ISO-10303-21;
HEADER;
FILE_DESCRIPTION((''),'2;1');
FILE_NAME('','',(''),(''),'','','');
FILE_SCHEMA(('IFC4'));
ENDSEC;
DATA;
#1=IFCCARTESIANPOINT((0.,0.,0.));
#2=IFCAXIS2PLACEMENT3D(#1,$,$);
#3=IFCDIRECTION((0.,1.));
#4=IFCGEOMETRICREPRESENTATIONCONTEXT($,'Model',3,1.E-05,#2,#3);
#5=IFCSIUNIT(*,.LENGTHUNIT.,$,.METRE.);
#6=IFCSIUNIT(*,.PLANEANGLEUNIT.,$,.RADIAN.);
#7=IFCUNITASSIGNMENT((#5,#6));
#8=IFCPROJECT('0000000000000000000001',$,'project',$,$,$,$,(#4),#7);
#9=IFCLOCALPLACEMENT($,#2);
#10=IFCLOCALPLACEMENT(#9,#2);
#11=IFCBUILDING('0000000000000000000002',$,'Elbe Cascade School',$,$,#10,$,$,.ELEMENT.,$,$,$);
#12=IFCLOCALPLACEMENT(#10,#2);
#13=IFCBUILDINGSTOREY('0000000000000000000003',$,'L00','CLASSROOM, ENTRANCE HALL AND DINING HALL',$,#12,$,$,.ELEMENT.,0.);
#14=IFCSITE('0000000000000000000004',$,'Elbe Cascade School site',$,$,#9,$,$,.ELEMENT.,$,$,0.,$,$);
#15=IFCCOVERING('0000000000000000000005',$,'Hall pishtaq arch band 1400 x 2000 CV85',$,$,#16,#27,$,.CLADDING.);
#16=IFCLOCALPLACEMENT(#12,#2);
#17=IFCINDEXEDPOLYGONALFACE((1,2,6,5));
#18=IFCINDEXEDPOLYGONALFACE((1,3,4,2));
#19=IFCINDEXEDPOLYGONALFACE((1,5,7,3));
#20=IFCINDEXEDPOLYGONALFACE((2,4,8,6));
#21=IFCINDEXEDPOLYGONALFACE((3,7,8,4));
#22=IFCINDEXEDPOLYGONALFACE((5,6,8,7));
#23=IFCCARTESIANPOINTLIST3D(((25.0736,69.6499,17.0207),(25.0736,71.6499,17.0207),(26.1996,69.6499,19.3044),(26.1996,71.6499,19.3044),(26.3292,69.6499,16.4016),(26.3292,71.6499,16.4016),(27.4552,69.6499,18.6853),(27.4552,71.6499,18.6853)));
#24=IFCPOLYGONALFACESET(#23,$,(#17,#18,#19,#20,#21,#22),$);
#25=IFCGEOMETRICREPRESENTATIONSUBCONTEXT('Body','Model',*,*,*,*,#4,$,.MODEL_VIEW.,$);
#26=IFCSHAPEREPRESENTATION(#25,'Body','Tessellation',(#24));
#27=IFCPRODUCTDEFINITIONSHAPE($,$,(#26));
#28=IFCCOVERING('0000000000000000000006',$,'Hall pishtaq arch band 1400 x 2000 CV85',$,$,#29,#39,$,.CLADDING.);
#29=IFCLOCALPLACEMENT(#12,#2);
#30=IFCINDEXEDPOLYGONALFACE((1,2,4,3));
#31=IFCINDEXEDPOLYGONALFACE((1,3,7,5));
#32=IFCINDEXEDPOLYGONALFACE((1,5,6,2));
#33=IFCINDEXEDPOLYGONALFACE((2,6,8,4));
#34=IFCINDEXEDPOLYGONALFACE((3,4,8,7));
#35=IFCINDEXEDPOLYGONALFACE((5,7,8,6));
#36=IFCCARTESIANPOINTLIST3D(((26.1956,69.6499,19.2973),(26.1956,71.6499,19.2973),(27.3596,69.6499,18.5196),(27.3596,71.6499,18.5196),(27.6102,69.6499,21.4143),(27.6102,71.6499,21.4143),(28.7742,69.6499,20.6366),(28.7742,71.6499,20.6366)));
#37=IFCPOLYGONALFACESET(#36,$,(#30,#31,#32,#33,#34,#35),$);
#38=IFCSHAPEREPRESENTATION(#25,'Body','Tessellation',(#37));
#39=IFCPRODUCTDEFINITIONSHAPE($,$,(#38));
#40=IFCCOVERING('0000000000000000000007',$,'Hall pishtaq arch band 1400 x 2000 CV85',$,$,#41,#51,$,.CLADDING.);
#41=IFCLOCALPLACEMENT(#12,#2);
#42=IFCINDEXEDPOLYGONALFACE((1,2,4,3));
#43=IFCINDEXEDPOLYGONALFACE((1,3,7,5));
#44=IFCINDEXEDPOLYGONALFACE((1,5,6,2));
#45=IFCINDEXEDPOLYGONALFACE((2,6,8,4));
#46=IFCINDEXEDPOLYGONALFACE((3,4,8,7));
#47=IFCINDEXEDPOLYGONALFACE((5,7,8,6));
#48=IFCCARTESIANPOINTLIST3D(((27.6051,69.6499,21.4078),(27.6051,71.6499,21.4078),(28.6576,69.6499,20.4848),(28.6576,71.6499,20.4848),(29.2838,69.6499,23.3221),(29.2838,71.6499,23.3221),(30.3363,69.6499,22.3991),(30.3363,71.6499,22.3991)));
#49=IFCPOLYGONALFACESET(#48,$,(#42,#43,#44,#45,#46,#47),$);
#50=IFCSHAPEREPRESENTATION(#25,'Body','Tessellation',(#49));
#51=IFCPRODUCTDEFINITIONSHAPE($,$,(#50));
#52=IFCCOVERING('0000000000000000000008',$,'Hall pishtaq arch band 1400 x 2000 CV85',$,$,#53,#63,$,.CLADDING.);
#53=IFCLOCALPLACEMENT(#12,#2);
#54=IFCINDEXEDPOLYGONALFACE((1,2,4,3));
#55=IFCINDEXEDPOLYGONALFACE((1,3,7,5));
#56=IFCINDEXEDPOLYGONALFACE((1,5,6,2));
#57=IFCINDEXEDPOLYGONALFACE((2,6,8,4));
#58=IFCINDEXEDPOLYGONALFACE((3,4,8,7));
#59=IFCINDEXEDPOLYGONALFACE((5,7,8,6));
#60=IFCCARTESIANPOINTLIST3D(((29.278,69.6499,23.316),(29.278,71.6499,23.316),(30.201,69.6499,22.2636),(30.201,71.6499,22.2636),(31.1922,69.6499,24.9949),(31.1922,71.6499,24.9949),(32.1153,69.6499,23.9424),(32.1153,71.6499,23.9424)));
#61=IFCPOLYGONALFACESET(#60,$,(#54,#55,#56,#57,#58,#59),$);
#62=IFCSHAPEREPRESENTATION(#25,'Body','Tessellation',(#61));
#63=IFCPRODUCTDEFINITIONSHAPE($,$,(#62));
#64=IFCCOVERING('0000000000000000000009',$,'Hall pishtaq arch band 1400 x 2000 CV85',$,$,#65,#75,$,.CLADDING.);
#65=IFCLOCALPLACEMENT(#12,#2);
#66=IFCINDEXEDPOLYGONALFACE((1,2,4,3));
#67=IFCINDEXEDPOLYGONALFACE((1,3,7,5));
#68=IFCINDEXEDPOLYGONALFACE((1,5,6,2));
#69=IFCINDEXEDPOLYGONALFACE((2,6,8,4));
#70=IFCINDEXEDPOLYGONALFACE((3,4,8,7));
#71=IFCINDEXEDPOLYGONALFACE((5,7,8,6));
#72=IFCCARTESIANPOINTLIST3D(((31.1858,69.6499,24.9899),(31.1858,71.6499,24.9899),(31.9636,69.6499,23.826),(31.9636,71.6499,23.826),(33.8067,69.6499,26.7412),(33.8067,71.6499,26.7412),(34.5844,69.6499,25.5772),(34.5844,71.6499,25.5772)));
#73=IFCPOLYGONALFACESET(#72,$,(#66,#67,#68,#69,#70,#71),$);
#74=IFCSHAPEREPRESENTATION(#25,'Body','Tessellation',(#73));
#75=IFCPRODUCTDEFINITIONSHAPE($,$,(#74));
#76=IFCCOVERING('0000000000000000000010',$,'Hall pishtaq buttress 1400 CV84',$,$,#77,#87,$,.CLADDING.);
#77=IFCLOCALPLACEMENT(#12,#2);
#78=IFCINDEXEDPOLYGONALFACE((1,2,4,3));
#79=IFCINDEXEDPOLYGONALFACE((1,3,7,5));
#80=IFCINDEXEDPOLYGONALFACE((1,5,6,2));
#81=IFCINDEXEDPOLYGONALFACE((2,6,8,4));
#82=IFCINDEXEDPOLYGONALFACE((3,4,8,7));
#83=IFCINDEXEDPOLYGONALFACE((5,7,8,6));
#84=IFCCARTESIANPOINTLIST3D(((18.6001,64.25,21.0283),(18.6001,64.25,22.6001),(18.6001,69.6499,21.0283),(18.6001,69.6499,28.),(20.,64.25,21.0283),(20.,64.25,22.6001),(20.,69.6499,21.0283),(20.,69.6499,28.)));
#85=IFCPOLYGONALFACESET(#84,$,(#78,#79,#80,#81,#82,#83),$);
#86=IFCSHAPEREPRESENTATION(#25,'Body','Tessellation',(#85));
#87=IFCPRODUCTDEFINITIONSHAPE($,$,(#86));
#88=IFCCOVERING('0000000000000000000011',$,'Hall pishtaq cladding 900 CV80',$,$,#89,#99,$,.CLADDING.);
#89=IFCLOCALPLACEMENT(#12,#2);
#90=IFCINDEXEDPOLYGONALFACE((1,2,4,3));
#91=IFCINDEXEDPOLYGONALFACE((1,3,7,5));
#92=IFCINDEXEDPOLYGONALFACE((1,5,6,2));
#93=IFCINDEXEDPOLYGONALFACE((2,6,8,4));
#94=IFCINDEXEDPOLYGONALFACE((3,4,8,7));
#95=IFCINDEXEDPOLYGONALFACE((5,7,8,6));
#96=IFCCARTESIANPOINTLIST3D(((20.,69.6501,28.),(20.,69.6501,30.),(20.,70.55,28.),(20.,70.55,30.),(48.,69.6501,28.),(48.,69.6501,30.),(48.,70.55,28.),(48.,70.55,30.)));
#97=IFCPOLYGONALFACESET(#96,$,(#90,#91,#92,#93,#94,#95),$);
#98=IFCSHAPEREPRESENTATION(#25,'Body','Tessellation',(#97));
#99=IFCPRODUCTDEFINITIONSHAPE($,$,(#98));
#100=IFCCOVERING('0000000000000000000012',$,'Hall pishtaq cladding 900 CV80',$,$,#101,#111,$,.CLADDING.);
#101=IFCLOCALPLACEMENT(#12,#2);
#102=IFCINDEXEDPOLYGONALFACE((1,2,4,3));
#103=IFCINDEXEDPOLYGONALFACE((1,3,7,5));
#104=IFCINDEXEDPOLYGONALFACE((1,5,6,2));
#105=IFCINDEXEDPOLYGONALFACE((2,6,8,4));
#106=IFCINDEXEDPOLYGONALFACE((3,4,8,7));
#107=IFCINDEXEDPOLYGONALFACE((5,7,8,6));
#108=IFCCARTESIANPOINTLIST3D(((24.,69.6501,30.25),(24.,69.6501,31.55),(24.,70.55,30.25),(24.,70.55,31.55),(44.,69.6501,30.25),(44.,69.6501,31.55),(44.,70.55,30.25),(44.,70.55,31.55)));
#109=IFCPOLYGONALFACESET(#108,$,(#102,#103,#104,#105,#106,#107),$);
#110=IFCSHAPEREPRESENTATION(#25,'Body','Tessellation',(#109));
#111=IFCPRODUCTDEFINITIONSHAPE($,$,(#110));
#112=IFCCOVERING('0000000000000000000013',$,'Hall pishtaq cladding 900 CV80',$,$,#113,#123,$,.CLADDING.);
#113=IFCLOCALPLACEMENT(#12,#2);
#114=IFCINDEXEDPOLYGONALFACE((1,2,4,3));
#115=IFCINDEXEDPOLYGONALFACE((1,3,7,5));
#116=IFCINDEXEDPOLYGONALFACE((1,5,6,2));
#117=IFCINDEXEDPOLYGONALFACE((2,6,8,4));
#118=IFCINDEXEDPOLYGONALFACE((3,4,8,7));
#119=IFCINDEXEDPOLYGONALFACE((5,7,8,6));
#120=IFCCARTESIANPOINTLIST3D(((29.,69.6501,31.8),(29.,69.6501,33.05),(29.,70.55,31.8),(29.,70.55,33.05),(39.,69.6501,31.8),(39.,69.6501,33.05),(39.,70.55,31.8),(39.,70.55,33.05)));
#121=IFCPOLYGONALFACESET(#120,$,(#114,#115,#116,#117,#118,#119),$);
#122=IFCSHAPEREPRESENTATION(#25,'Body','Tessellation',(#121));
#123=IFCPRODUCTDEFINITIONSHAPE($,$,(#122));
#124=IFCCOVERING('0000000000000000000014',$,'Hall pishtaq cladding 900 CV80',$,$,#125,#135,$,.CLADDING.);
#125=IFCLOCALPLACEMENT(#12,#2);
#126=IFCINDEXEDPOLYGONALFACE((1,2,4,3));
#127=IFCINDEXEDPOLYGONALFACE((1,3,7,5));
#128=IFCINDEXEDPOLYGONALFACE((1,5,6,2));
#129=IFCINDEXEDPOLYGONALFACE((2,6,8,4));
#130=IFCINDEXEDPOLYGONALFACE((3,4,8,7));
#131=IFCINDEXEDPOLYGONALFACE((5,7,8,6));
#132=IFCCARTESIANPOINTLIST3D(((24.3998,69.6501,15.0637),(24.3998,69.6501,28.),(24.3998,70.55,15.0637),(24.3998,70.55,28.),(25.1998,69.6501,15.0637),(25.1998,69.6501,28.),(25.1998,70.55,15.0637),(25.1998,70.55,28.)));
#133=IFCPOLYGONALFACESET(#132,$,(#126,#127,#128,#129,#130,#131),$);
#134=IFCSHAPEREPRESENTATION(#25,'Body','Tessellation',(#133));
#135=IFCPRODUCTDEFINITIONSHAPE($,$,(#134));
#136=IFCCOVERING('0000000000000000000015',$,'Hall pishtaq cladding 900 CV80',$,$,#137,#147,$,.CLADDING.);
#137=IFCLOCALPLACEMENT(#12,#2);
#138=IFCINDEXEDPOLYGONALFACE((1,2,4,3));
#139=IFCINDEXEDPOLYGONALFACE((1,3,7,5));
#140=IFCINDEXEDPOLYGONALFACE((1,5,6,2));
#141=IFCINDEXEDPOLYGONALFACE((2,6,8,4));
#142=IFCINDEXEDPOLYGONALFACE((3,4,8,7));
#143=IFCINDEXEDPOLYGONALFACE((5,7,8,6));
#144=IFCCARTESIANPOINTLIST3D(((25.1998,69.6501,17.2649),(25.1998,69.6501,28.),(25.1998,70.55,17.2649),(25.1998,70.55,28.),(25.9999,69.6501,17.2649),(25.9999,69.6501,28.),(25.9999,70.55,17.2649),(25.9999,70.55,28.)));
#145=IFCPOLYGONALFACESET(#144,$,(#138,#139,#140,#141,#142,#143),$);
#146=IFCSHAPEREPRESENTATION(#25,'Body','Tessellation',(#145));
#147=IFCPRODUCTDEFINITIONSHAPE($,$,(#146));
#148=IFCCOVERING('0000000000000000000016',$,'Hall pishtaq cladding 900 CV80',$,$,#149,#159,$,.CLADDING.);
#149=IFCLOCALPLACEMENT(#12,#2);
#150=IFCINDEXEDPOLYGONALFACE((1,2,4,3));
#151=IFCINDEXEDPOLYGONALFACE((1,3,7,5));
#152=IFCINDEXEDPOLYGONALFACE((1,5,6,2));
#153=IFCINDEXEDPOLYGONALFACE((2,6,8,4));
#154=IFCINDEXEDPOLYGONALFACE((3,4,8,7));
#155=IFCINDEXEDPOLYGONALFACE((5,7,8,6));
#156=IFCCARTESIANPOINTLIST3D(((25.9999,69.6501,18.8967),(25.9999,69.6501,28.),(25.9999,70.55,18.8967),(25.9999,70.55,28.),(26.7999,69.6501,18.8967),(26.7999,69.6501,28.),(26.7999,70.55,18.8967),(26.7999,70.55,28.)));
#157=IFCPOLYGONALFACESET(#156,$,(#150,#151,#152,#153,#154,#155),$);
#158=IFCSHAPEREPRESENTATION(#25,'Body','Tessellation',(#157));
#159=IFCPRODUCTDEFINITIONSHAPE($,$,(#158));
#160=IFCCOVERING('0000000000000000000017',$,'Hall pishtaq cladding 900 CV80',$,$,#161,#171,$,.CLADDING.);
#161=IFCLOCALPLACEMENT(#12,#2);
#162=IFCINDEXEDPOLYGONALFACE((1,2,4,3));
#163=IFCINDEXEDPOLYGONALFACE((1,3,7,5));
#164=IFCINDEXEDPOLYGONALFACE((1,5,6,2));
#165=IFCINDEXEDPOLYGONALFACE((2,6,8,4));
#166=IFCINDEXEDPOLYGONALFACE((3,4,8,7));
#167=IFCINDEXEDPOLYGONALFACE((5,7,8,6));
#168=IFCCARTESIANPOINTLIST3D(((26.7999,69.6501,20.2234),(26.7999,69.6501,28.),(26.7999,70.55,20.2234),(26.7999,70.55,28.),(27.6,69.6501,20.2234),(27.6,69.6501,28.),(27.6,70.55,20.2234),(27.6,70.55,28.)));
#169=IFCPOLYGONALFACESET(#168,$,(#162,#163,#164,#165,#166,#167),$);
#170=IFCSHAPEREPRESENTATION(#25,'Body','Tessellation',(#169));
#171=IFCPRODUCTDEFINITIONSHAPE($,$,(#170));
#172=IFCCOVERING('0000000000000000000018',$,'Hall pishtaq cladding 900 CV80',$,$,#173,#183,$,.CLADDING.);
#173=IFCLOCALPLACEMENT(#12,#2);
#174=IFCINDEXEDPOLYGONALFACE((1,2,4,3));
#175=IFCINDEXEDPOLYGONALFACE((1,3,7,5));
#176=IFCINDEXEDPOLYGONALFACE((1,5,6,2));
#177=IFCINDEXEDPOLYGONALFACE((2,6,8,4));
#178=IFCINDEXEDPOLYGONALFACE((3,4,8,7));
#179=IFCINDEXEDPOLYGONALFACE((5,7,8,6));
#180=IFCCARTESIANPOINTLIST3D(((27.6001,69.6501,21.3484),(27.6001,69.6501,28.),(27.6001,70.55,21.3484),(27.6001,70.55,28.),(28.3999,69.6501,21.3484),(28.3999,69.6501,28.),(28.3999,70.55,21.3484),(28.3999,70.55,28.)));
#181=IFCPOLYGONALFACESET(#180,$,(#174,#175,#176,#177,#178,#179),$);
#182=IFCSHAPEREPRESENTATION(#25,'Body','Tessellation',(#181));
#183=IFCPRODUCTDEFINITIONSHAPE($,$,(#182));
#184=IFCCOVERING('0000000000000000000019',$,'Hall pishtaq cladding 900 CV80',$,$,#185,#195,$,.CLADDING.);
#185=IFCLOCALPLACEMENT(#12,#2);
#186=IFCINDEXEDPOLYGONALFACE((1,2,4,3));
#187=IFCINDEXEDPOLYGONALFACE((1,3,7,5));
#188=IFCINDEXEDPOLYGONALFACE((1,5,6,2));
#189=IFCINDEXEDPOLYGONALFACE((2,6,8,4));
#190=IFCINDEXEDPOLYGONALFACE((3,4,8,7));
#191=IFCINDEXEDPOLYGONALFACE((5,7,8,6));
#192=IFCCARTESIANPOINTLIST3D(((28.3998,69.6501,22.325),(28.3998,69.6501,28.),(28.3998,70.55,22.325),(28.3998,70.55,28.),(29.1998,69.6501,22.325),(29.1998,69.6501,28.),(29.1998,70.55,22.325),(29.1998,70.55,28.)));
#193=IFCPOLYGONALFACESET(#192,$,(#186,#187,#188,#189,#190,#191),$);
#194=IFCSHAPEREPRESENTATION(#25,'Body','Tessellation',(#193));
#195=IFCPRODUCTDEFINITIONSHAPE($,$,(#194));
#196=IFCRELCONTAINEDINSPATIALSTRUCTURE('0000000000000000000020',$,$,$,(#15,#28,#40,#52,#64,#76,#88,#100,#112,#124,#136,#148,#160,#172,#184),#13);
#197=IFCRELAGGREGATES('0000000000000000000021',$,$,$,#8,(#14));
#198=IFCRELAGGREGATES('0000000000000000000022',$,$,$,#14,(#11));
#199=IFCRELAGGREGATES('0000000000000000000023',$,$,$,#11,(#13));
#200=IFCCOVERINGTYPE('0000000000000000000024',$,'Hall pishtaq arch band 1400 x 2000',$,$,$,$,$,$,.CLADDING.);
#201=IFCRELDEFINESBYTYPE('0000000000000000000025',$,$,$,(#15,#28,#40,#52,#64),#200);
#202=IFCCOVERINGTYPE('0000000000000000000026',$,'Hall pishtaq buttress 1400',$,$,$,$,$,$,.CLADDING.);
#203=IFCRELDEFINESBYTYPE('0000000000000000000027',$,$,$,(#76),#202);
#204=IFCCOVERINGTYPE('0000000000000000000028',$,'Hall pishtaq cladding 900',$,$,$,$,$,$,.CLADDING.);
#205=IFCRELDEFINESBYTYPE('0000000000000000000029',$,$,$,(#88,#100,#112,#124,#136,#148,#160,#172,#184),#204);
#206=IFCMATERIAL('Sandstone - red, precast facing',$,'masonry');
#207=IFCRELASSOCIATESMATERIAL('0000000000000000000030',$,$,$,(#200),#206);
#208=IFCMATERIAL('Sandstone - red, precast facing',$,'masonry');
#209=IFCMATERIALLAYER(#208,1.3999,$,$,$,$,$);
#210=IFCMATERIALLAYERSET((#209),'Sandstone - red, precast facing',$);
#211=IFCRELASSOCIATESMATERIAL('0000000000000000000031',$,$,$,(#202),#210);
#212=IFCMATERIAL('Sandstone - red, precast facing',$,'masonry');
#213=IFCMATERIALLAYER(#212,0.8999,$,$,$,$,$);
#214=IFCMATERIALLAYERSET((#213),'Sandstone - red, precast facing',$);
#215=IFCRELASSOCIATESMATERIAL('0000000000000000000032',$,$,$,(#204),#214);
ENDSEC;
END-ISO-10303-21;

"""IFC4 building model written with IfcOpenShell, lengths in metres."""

from ifc_helpers import new_model, si_unit, direction, frame, frame_2d, origin, origin_2d, place, context, subcontext, project, spatial, polyline, rectangle, outline, extrude, material, layer, layer_set, type_object, element, save


model = new_model("IFC4")

# Units and contexts
model_context = context("Model", 3, precision=1e-05, world=origin(), true_north=direction((0.0, 1.0)))
body_context = subcontext(model_context, "Body", "Model", "MODEL_VIEW")
ifc_project = project(units=[si_unit("LENGTHUNIT", "METRE"), si_unit("PLANEANGLEUNIT", "RADIAN")], contexts=[model_context])

# Site, building, storey
site_placement = place(None, origin())
site = spatial("IfcSite", under=ifc_project, at=site_placement, Name="Elbe Cascade School site", CompositionType="ELEMENT", RefElevation=0.0)
building_placement = place(site_placement, origin())
building = spatial("IfcBuilding", under=site, at=building_placement, Name="Elbe Cascade School", CompositionType="ELEMENT")
storey_placement = place(building_placement, origin())
storey = spatial("IfcBuildingStorey", under=building, at=storey_placement, Name="L00", Description="CLASSROOM, ENTRANCE HALL AND DINING HALL", CompositionType="ELEMENT", Elevation=0.0)

# Coverings
ifc_material_1 = material(Name="Sandstone - red, precast facing", Category="masonry")
covering_type_1 = type_object("IfcCoveringType", Name="Hall pishtaq arch band 1400 x 2000", PredefinedType="CLADDING", material=ifc_material_1)
for number, where, z_axis, x_axis, name in (
    (1, (25.7014, 70.6499, 16.7112), (0.442221, 0.0, 0.896906), (0.0, 1.0, 0.0), "Hall pishtaq arch band 1400 x 2000 CV85"),
    (2, (26.7776, 70.6499, 18.9084), (0.555585, 0.0, 0.83146), (0.0, 1.0, 0.0), "Hall pishtaq arch band 1400 x 2000 CV85"),
    (3, (28.1313, 70.6499, 20.9463), (0.659326, 0.0, 0.751858), (0.0, 1.0, 0.0), "Hall pishtaq arch band 1400 x 2000 CV85"),
    (4, (29.7395, 70.6499, 22.7898), (0.75181, 0.0, 0.65938), (0.0, 1.0, 0.0), "Hall pishtaq arch band 1400 x 2000 CV85"),
):
    element("IfcCovering", number, at=place(storey_placement, frame(where, z_axis=z_axis, x_axis=x_axis)), inside=storey, type_object=covering_type_1, Name=name, PredefinedType="CLADDING", context=body_context, shape_type="SweptSolid", body=[
        extrude(rectangle(XDim=2.0, YDim=1.3999, at=origin_2d()), origin(), (0.0, 0.0, 1.0), 2.5461),
    ])
covering_1_placement = place(storey_placement, frame((31.5747, 70.6499, 24.408), z_axis=(0.831466, 0.0, 0.555576), x_axis=(0.0, 1.0, 0.0)))
element("IfcCovering", 5, at=covering_1_placement, inside=storey, type_object=covering_type_1, Name="Hall pishtaq arch band 1400 x 2000 CV85", PredefinedType="CLADDING", context=body_context, shape_type="SweptSolid", body=[
    extrude(rectangle(XDim=2.0, YDim=1.3999, at=origin_2d()), origin(), (0.0, 0.0, 1.0), 3.1521),
])
ifc_material_2 = material(Name="Sandstone - red, precast facing", Category="masonry")
ifc_layer_1 = layer(ifc_material_2, 1.3999)
ifc_layer_set_1 = layer_set([ifc_layer_1], Name="Sandstone - red, precast facing")
covering_type_2 = type_object("IfcCoveringType", Name="Hall pishtaq buttress 1400", PredefinedType="CLADDING", material=ifc_layer_set_1)
covering_2_placement = place(storey_placement, frame((19.3, 69.6499, 21.0283), z_axis=(0.0, 0.0, 1.0), x_axis=(0.0, -1.0, 0.0)))
element("IfcCovering", 6, at=covering_2_placement, inside=storey, type_object=covering_type_2, Name="Hall pishtaq buttress 1400 CV84", PredefinedType="CLADDING", context=body_context, shape_type="SweptSolid", body=[
    extrude(outline(polyline([(0.0, 0.0), (5.3999, 0.0), (5.3999, 1.5718), (0.0, 6.9717), (0.0, 0.0)])), frame((0.0, 0.7, 0.0), z_axis=(0.0, -1.0, 0.0), x_axis=(1.0, 0.0, 0.0)), (0.0, 0.0, 1.0), 1.3999),
])
ifc_material_3 = material(Name="Sandstone - red, precast facing", Category="masonry")
ifc_layer_2 = layer(ifc_material_3, 0.8999)
ifc_layer_set_2 = layer_set([ifc_layer_2], Name="Sandstone - red, precast facing")
covering_type_3 = type_object("IfcCoveringType", Name="Hall pishtaq cladding 900", PredefinedType="CLADDING", material=ifc_layer_set_2)
covering_3_placement = place(storey_placement, frame((20.0, 70.1001, 28.0), z_axis=(0.0, 0.0, 1.0), x_axis=(1.0, 0.0, 0.0)))
element("IfcCovering", 7, at=covering_3_placement, inside=storey, type_object=covering_type_3, Name="Hall pishtaq cladding 900 CV80", PredefinedType="CLADDING", context=body_context, shape_type="SweptSolid", body=[
    extrude(rectangle(XDim=28.0, YDim=0.8999, at=frame_2d((14.0, 0.0))), origin(), (0.0, 0.0, 1.0), 2.0),
])
covering_4_placement = place(storey_placement, frame((24.0, 70.1001, 30.25), z_axis=(0.0, 0.0, 1.0), x_axis=(1.0, 0.0, 0.0)))
element("IfcCovering", 8, at=covering_4_placement, inside=storey, type_object=covering_type_3, Name="Hall pishtaq cladding 900 CV80", PredefinedType="CLADDING", context=body_context, shape_type="SweptSolid", body=[
    extrude(rectangle(XDim=20.0, YDim=0.8999, at=frame_2d((10.0, 0.0))), origin(), (0.0, 0.0, 1.0), 1.3),
])
covering_5_placement = place(storey_placement, frame((29.0, 70.1001, 31.8), z_axis=(0.0, 0.0, 1.0), x_axis=(1.0, 0.0, 0.0)))
element("IfcCovering", 9, at=covering_5_placement, inside=storey, type_object=covering_type_3, Name="Hall pishtaq cladding 900 CV80", PredefinedType="CLADDING", context=body_context, shape_type="SweptSolid", body=[
    extrude(rectangle(XDim=10.0, YDim=0.8999, at=frame_2d((5.0, 0.0))), origin(), (0.0, 0.0, 1.0), 1.25),
])
covering_6_placement = place(storey_placement, frame((24.3999, 70.1001, 15.0637), z_axis=(0.0, 0.0, 1.0), x_axis=(1.0, 0.0, 0.0)))
element("IfcCovering", 10, at=covering_6_placement, inside=storey, type_object=covering_type_3, Name="Hall pishtaq cladding 900 CV80", PredefinedType="CLADDING", context=body_context, shape_type="SweptSolid", body=[
    extrude(rectangle(XDim=0.8, YDim=0.8999, at=frame_2d((0.3999, 0.0))), origin(), (0.0, 0.0, 1.0), 12.9363),
])
covering_7_placement = place(storey_placement, frame((25.2, 70.1001, 17.2649), z_axis=(0.0, 0.0, 1.0), x_axis=(1.0, 0.0, 0.0)))
element("IfcCovering", 11, at=covering_7_placement, inside=storey, type_object=covering_type_3, Name="Hall pishtaq cladding 900 CV80", PredefinedType="CLADDING", context=body_context, shape_type="SweptSolid", body=[
    extrude(rectangle(XDim=0.8, YDim=0.8999, at=frame_2d((0.3999, 0.0))), origin(), (0.0, 0.0, 1.0), 10.7351),
])
covering_8_placement = place(storey_placement, frame((26.0, 70.1001, 18.8967), z_axis=(0.0, 0.0, 1.0), x_axis=(1.0, 0.0, 0.0)))
element("IfcCovering", 12, at=covering_8_placement, inside=storey, type_object=covering_type_3, Name="Hall pishtaq cladding 900 CV80", PredefinedType="CLADDING", context=body_context, shape_type="SweptSolid", body=[
    extrude(rectangle(XDim=0.8, YDim=0.8999, at=frame_2d((0.3999, 0.0))), origin(), (0.0, 0.0, 1.0), 9.1033),
])
covering_9_placement = place(storey_placement, frame((26.8, 70.1001, 20.2234), z_axis=(0.0, 0.0, 1.0), x_axis=(1.0, 0.0, 0.0)))
element("IfcCovering", 13, at=covering_9_placement, inside=storey, type_object=covering_type_3, Name="Hall pishtaq cladding 900 CV80", PredefinedType="CLADDING", context=body_context, shape_type="SweptSolid", body=[
    extrude(rectangle(XDim=0.8, YDim=0.8999, at=frame_2d((0.3999, 0.0))), origin(), (0.0, 0.0, 1.0), 7.7766),
])
covering_10_placement = place(storey_placement, frame((27.6001, 70.1001, 21.3484), z_axis=(0.0, 0.0, 1.0), x_axis=(1.0, 0.0, 0.0)))
element("IfcCovering", 14, at=covering_10_placement, inside=storey, type_object=covering_type_3, Name="Hall pishtaq cladding 900 CV80", PredefinedType="CLADDING", context=body_context, shape_type="SweptSolid", body=[
    extrude(rectangle(XDim=0.7998, YDim=0.8999, at=frame_2d((0.3999, 0.0))), origin(), (0.0, 0.0, 1.0), 6.6516),
])
covering_11_placement = place(storey_placement, frame((28.3999, 70.1001, 22.325), z_axis=(0.0, 0.0, 1.0), x_axis=(1.0, 0.0, 0.0)))
element("IfcCovering", 15, at=covering_11_placement, inside=storey, type_object=covering_type_3, Name="Hall pishtaq cladding 900 CV80", PredefinedType="CLADDING", context=body_context, shape_type="SweptSolid", body=[
    extrude(rectangle(XDim=0.8, YDim=0.8999, at=frame_2d((0.3999, 0.0))), origin(), (0.0, 0.0, 1.0), 5.675),
])

save(model, "model.ifc")
